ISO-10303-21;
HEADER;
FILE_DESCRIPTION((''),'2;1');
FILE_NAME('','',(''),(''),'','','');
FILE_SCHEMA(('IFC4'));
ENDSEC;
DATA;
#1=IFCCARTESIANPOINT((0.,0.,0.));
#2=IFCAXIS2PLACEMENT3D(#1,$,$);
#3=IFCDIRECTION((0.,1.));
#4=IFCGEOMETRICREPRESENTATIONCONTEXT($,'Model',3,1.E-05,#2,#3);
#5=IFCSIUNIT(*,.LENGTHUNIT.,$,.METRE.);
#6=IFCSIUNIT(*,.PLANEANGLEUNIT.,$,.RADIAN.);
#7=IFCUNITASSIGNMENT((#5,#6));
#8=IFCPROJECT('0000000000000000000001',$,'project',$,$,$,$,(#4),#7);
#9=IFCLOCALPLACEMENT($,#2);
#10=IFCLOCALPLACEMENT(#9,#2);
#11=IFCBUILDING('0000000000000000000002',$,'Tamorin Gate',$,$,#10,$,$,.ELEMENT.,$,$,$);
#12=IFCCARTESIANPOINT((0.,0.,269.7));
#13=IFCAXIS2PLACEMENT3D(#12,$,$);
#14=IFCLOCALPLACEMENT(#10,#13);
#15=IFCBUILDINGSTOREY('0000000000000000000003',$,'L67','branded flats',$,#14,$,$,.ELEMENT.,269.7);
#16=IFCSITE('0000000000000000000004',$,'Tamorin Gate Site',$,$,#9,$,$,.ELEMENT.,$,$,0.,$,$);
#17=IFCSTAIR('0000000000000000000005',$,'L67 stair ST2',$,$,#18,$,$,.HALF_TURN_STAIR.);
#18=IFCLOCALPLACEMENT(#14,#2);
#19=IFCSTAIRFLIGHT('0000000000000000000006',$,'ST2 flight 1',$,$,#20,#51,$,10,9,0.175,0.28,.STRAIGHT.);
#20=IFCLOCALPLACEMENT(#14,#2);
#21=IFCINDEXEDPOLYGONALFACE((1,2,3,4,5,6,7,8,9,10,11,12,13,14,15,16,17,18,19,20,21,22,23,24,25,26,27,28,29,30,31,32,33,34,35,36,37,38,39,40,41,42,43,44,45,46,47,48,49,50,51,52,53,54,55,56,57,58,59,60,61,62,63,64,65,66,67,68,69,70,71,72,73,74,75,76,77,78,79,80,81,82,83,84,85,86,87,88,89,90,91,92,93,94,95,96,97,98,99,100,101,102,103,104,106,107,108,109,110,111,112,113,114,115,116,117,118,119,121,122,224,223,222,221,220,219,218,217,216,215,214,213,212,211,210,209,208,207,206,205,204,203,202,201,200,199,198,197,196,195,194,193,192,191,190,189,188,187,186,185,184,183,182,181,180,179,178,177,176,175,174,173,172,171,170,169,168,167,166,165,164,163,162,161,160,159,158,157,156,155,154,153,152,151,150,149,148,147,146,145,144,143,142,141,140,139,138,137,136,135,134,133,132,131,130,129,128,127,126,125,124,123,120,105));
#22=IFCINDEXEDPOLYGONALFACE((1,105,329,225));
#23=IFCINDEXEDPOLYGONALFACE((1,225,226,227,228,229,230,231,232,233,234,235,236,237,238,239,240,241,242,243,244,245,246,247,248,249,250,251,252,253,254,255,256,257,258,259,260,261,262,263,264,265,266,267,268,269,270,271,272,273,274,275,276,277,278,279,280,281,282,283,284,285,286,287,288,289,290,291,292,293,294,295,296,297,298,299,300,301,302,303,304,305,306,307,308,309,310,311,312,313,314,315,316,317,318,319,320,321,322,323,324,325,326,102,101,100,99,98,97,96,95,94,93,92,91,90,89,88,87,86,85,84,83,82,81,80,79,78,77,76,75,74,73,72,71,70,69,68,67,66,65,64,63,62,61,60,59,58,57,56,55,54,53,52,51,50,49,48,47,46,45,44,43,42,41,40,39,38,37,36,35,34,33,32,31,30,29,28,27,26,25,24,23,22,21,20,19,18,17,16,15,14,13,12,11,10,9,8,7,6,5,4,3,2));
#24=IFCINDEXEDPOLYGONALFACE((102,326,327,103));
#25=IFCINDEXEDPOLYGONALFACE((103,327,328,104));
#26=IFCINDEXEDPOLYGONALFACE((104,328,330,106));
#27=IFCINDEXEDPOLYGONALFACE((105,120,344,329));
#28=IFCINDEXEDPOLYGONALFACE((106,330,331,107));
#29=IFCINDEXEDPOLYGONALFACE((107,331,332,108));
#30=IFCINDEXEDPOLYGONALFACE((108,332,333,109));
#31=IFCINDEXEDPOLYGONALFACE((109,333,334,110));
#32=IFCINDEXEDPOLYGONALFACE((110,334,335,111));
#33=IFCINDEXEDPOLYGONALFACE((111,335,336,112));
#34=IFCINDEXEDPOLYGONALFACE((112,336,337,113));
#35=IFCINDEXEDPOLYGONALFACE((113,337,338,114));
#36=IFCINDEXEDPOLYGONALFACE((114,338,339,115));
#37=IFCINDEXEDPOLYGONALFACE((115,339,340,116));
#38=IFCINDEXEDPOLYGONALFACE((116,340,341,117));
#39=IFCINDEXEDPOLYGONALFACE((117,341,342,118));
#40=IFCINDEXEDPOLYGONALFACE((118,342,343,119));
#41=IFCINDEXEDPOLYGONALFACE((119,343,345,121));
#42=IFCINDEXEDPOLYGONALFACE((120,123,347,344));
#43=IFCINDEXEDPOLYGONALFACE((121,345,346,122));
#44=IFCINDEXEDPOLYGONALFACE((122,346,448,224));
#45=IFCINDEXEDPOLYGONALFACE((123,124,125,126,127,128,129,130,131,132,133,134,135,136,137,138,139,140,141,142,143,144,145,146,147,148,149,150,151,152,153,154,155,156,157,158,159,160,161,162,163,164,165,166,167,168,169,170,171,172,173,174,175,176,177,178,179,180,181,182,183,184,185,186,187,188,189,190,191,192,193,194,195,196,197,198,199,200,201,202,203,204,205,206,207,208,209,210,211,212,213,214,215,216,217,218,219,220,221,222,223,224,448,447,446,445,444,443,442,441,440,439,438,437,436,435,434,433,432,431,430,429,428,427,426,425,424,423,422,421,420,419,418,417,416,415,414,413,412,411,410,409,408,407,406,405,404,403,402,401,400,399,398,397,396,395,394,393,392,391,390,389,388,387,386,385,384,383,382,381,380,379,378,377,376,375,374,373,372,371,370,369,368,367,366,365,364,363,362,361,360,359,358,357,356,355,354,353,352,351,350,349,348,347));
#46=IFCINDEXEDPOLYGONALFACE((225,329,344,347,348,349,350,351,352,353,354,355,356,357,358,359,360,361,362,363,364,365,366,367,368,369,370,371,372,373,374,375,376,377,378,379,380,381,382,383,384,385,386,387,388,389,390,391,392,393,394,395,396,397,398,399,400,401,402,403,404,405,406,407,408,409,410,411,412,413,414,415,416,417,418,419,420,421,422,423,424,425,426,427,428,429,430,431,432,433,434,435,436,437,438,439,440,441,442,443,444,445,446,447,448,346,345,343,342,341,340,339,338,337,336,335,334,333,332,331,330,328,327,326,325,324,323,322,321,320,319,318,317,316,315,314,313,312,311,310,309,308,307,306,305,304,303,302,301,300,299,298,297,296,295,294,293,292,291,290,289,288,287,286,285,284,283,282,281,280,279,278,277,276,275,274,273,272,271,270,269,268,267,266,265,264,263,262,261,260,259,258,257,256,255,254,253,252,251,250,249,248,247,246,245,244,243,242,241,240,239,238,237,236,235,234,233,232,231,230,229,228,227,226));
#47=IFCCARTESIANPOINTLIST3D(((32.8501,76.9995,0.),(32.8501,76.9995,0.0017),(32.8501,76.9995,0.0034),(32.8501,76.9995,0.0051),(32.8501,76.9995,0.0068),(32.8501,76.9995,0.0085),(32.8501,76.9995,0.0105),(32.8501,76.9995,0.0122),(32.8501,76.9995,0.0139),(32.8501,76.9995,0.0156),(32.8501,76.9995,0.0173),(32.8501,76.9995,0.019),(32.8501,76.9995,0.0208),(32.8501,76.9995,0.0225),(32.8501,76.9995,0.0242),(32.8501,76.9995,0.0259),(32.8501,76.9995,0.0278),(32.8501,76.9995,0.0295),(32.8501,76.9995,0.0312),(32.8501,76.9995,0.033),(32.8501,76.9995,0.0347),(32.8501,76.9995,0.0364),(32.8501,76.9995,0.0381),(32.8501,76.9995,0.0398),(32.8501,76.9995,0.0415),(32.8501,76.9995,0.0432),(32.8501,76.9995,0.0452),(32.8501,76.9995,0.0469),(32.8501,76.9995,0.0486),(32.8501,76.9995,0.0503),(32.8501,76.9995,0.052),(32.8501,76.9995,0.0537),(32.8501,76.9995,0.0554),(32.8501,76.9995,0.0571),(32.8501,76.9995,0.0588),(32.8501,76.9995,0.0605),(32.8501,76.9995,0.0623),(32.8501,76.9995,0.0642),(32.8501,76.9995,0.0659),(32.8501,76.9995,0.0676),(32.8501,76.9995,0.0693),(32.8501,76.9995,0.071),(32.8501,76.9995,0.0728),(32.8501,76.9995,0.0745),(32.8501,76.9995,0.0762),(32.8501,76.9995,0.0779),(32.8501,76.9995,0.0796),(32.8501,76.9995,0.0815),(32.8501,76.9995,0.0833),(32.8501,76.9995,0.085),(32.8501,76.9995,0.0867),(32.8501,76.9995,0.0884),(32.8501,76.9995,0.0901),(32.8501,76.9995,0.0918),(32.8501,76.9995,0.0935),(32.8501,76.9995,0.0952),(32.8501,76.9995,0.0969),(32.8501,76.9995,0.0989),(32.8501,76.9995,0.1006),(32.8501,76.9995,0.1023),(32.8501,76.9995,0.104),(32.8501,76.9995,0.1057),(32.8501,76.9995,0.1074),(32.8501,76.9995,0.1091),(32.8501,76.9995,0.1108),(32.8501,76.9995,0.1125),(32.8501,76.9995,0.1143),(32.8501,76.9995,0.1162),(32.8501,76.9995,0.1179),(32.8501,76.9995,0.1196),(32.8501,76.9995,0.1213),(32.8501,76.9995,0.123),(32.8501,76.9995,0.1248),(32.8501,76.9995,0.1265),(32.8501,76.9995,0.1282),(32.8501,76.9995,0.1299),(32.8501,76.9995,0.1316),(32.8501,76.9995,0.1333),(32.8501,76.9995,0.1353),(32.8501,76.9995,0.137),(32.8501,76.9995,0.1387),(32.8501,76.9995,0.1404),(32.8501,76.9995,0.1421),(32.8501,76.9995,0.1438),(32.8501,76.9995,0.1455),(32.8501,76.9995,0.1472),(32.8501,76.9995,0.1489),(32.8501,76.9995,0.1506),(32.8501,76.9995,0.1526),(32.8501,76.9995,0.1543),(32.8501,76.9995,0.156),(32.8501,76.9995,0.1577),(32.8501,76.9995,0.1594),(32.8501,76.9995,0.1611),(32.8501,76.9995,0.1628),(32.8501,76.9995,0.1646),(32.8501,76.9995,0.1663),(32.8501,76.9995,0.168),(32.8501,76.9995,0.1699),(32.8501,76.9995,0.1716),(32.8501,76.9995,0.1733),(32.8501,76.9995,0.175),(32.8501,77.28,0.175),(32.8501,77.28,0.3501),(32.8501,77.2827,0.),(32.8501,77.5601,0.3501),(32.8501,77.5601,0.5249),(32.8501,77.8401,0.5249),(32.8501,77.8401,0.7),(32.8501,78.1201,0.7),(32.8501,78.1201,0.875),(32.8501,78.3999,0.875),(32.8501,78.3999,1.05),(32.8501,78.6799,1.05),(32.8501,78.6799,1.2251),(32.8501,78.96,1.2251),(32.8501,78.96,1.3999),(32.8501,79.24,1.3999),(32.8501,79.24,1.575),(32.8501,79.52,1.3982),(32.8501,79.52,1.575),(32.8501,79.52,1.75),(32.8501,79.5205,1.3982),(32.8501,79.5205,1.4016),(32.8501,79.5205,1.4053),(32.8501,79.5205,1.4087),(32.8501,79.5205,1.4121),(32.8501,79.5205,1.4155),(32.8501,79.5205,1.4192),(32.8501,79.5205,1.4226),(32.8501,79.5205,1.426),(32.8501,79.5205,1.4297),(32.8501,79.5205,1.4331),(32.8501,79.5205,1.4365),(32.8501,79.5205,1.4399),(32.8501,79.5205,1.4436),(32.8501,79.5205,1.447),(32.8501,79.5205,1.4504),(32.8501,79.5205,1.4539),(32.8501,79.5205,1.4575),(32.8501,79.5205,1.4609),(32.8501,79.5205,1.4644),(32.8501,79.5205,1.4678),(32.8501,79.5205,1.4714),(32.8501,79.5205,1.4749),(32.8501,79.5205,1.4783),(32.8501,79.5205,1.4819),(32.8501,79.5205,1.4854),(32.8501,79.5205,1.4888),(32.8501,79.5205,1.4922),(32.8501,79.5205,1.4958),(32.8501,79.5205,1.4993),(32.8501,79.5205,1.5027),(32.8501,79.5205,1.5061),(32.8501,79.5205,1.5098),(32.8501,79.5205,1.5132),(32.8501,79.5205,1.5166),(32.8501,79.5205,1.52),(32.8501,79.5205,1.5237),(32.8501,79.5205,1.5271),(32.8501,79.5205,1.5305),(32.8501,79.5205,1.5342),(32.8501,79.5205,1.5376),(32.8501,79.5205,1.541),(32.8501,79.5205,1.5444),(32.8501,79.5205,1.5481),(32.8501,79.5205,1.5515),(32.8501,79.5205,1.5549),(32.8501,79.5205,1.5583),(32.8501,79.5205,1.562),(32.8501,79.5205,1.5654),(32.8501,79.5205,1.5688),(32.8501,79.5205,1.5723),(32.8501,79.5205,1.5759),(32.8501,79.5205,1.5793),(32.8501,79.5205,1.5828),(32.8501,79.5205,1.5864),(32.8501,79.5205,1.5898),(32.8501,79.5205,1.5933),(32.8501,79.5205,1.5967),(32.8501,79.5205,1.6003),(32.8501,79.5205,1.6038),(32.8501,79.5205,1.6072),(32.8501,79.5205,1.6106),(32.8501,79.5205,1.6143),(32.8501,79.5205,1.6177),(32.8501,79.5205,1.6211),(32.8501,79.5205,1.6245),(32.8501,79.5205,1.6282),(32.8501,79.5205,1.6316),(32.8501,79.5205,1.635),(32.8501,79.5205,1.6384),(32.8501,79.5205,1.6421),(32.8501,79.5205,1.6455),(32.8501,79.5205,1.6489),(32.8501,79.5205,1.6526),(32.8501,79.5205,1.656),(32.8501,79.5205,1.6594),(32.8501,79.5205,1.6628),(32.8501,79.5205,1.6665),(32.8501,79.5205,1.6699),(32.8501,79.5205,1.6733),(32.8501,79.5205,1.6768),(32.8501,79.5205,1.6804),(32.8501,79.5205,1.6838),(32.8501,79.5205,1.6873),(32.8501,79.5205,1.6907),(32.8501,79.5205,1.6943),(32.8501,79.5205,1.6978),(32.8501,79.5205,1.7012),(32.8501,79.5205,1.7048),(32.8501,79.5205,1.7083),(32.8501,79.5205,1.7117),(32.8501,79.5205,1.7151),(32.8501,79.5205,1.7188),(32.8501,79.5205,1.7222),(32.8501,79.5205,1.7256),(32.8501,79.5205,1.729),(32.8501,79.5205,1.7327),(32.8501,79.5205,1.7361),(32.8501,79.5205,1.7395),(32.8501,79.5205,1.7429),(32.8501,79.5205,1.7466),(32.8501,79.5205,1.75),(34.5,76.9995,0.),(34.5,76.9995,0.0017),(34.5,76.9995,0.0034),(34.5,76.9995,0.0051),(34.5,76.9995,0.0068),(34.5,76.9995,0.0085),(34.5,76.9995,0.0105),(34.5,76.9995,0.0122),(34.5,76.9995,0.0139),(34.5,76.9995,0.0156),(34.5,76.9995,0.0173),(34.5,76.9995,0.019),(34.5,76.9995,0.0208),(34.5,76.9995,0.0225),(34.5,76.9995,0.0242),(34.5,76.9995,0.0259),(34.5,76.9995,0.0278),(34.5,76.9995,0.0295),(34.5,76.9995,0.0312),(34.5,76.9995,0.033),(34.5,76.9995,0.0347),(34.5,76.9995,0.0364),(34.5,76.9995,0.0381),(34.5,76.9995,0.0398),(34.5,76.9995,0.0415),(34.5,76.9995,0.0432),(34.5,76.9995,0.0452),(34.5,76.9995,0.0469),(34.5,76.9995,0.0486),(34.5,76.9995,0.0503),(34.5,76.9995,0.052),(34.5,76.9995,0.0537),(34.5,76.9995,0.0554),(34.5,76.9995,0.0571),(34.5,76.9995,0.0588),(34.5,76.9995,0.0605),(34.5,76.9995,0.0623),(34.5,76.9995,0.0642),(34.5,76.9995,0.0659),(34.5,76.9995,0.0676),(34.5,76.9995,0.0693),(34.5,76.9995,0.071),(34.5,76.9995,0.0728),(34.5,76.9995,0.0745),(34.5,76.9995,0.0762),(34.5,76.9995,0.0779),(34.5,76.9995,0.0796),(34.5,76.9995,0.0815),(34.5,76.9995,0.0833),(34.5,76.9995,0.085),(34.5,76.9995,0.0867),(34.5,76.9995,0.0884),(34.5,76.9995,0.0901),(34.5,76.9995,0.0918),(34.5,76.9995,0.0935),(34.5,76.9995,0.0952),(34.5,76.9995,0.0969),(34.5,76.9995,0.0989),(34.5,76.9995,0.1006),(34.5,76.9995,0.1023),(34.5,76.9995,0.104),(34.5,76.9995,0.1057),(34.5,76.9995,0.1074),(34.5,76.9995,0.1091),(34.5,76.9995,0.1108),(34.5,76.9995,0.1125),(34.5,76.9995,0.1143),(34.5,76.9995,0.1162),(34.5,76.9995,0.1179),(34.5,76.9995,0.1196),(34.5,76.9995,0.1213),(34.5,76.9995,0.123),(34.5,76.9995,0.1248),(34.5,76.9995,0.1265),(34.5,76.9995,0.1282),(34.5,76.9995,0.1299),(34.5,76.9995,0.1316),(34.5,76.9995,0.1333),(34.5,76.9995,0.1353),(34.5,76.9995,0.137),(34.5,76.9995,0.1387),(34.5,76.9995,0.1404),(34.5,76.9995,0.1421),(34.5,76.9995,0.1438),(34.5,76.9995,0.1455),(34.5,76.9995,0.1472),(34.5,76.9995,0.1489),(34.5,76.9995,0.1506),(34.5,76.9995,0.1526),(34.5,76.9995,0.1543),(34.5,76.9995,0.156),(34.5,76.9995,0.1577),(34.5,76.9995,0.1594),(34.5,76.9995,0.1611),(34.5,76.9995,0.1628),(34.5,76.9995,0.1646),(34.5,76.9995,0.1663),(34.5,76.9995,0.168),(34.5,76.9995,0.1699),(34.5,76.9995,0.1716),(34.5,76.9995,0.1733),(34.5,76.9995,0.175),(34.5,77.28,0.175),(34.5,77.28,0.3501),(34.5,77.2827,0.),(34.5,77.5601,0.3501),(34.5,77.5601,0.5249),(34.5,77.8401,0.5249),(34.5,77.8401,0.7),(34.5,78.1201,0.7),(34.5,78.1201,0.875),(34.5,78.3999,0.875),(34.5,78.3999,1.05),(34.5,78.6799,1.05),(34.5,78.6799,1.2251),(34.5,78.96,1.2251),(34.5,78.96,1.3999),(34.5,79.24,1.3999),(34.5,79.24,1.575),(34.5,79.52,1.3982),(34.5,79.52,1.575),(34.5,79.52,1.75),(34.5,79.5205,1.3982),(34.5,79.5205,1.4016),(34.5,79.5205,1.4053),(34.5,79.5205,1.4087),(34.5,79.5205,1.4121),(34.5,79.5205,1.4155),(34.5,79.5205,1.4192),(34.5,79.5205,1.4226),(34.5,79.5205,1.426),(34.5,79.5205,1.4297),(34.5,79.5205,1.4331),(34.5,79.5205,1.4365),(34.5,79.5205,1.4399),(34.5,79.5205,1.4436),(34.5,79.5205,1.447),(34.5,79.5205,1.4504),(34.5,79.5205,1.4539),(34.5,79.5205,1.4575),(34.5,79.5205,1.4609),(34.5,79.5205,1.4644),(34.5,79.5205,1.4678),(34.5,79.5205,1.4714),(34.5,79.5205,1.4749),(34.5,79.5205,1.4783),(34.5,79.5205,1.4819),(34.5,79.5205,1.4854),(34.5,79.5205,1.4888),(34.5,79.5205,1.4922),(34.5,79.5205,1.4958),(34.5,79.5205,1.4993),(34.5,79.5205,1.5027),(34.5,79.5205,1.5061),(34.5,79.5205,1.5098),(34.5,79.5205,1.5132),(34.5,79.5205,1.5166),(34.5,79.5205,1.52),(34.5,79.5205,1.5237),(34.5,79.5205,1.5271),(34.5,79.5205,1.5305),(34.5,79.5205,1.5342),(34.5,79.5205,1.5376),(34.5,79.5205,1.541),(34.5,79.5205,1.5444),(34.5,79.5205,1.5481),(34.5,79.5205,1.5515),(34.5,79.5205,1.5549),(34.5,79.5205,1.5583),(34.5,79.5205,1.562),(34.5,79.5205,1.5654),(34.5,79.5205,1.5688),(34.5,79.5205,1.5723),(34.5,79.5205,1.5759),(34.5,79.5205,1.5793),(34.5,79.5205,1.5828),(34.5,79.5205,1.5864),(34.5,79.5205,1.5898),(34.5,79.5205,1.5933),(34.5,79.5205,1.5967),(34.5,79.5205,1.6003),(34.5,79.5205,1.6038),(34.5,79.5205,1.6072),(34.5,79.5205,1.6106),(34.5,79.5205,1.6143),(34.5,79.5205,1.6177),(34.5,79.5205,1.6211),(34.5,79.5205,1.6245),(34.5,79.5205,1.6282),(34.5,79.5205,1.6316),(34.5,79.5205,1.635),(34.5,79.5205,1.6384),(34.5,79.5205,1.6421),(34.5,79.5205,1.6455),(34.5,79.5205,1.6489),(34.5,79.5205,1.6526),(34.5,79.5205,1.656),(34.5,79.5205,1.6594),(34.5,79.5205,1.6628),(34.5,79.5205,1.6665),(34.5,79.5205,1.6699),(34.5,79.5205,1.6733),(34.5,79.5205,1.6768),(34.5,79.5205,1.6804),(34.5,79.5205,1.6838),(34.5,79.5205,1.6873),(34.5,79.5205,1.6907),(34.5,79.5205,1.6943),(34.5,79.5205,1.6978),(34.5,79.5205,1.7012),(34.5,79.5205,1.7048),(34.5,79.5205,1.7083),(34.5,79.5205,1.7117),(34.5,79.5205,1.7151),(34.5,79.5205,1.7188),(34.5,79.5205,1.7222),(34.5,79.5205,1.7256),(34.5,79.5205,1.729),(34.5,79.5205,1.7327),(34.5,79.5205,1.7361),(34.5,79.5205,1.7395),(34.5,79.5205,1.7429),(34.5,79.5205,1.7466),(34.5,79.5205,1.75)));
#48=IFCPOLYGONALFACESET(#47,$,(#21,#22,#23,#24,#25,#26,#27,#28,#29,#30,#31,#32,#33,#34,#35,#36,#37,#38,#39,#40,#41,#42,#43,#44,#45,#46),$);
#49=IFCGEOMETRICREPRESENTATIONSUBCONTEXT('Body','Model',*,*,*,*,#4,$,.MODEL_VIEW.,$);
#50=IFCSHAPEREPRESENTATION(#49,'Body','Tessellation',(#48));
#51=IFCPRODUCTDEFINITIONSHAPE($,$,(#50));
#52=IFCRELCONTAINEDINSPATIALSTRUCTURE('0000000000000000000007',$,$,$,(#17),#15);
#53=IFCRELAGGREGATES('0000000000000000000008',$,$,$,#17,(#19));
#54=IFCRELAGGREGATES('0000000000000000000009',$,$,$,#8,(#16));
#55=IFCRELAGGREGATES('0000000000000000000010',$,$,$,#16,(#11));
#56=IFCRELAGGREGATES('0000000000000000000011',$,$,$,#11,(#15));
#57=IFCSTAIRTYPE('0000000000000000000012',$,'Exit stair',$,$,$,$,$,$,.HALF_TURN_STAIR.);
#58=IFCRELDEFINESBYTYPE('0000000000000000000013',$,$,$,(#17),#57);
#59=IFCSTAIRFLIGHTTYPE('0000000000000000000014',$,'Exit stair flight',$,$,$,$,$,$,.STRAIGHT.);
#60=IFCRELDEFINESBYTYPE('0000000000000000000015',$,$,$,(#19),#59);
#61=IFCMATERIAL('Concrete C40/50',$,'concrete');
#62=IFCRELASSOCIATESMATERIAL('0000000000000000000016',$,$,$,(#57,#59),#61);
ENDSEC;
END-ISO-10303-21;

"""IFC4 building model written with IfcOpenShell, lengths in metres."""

from ifc_helpers import new_model, si_unit, direction, frame, origin, place, context, subcontext, project, spatial, polyline, outline, extrude, material, type_object, element, aggregate, save


model = new_model("IFC4")

# Units and contexts
model_context = context("Model", 3, precision=1e-05, world=origin(), true_north=direction((0.0, 1.0)))
body_context = subcontext(model_context, "Body", "Model", "MODEL_VIEW")
ifc_project = project(units=[si_unit("LENGTHUNIT", "METRE"), si_unit("PLANEANGLEUNIT", "RADIAN")], contexts=[model_context])

# Site, building, storey
site_placement = place(None, origin())
site = spatial("IfcSite", under=ifc_project, at=site_placement, Name="Tamorin Gate Site", CompositionType="ELEMENT", RefElevation=0.0)
building_placement = place(site_placement, origin())
building = spatial("IfcBuilding", under=site, at=building_placement, Name="Tamorin Gate", CompositionType="ELEMENT")
storey_placement = place(building_placement, frame((0.0, 0.0, 269.7)))
storey = spatial("IfcBuildingStorey", under=building, at=storey_placement, Name="L67", Description="branded flats", CompositionType="ELEMENT", Elevation=269.7)

# Shared definitions
ifc_material_1 = material(Name="Concrete C40/50", Category="concrete")

# Shared definitions
stair_type = type_object("IfcStairType", Name="Exit stair", PredefinedType="HALF_TURN_STAIR", material=ifc_material_1)
stair_flight_type = type_object("IfcStairFlightType", Name="Exit stair flight", PredefinedType="STRAIGHT", material=ifc_material_1)

# Stair, stair flight
stair_1_placement = place(storey_placement, origin())
stair_1 = element("IfcStair", 1, at=stair_1_placement, inside=storey, type_object=stair_type, Name="L67 stair ST2", PredefinedType="HALF_TURN_STAIR")
stair_flight_1_placement = place(storey_placement, frame((33.675, 77.0, 0.0), z_axis=(0.0, 0.0, 1.0), x_axis=(0.0, 1.0, 0.0)))
stair_flight_1 = element("IfcStairFlight", 2, at=stair_flight_1_placement, type_object=stair_flight_type, Name="ST2 flight 1", NumberOfRisers=10, NumberOfTreads=9, PredefinedType="STRAIGHT", RiserHeight=0.175, TreadLength=0.28, context=body_context, shape_type="SweptSolid", body=[
    extrude(outline(polyline([(-0.0005, 0.0), (-0.0005, 0.0017), (-0.0005, 0.0034), (-0.0005, 0.0051), (-0.0005, 0.0068), (-0.0005, 0.0085), (-0.0005, 0.0105), (-0.0005, 0.0122), (-0.0005, 0.0139), (-0.0005, 0.0156), (-0.0005, 0.0173), (-0.0005, 0.019), (-0.0005, 0.0208), (-0.0005, 0.0225), (-0.0005, 0.0242), (-0.0005, 0.0259), (-0.0005, 0.0278), (-0.0005, 0.0295), (-0.0005, 0.0312), (-0.0005, 0.033), (-0.0005, 0.0347), (-0.0005, 0.0364), (-0.0005, 0.0381), (-0.0005, 0.0398), (-0.0005, 0.0415), (-0.0005, 0.0432), (-0.0005, 0.0452), (-0.0005, 0.0469), (-0.0005, 0.0486), (-0.0005, 0.0503), (-0.0005, 0.052), (-0.0005, 0.0537), (-0.0005, 0.0554), (-0.0005, 0.0571), (-0.0005, 0.0588), (-0.0005, 0.0605), (-0.0005, 0.0623), (-0.0005, 0.0642), (-0.0005, 0.0659), (-0.0005, 0.0676), (-0.0005, 0.0693), (-0.0005, 0.071), (-0.0005, 0.0728), (-0.0005, 0.0745), (-0.0005, 0.0762), (-0.0005, 0.0779), (-0.0005, 0.0796), (-0.0005, 0.0815), (-0.0005, 0.0833), (-0.0005, 0.085), (-0.0005, 0.0867), (-0.0005, 0.0884), (-0.0005, 0.0901), (-0.0005, 0.0918), (-0.0005, 0.0935), (-0.0005, 0.0952), (-0.0005, 0.0969), (-0.0005, 0.0989), (-0.0005, 0.1006), (-0.0005, 0.1023), (-0.0005, 0.104), (-0.0005, 0.1057), (-0.0005, 0.1074), (-0.0005, 0.1091), (-0.0005, 0.1108), (-0.0005, 0.1125), (-0.0005, 0.1143), (-0.0005, 0.1162), (-0.0005, 0.1179), (-0.0005, 0.1196), (-0.0005, 0.1213), (-0.0005, 0.123), (-0.0005, 0.1248), (-0.0005, 0.1265), (-0.0005, 0.1282), (-0.0005, 0.1299), (-0.0005, 0.1316), (-0.0005, 0.1333), (-0.0005, 0.1353), (-0.0005, 0.137), (-0.0005, 0.1387), (-0.0005, 0.1404), (-0.0005, 0.1421), (-0.0005, 0.1438), (-0.0005, 0.1455), (-0.0005, 0.1472), (-0.0005, 0.1489), (-0.0005, 0.1506), (-0.0005, 0.1526), (-0.0005, 0.1543), (-0.0005, 0.156), (-0.0005, 0.1577), (-0.0005, 0.1594), (-0.0005, 0.1611), (-0.0005, 0.1628), (-0.0005, 0.1646), (-0.0005, 0.1663), (-0.0005, 0.168), (-0.0005, 0.1699), (-0.0005, 0.1716), (-0.0005, 0.1733), (-0.0005, 0.175), (0.28, 0.175), (0.28, 0.3501), (0.5601, 0.3501), (0.5601, 0.5249), (0.8401, 0.5249), (0.8401, 0.7), (1.1201, 0.7), (1.1201, 0.875), (1.3999, 0.875), (1.3999, 1.05), (1.6799, 1.05), (1.6799, 1.2251), (1.96, 1.2251), (1.96, 1.3999), (2.24, 1.3999), (2.24, 1.575), (2.52, 1.575), (2.52, 1.75), (2.5205, 1.75), (2.5205, 1.7466), (2.5205, 1.7429), (2.5205, 1.7395), (2.5205, 1.7361), (2.5205, 1.7327), (2.5205, 1.729), (2.5205, 1.7256), (2.5205, 1.7222), (2.5205, 1.7188), (2.5205, 1.7151), (2.5205, 1.7117), (2.5205, 1.7083), (2.5205, 1.7048), (2.5205, 1.7012), (2.5205, 1.6978), (2.5205, 1.6943), (2.5205, 1.6907), (2.5205, 1.6873), (2.5205, 1.6838), (2.5205, 1.6804), (2.5205, 1.6768), (2.5205, 1.6733), (2.5205, 1.6699), (2.5205, 1.6665), (2.5205, 1.6628), (2.5205, 1.6594), (2.5205, 1.656), (2.5205, 1.6526), (2.5205, 1.6489), (2.5205, 1.6455), (2.5205, 1.6421), (2.5205, 1.6384), (2.5205, 1.635), (2.5205, 1.6316), (2.5205, 1.6282), (2.5205, 1.6245), (2.5205, 1.6211), (2.5205, 1.6177), (2.5205, 1.6143), (2.5205, 1.6106), (2.5205, 1.6072), (2.5205, 1.6038), (2.5205, 1.6003), (2.5205, 1.5967), (2.5205, 1.5933), (2.5205, 1.5898), (2.5205, 1.5864), (2.5205, 1.5828), (2.5205, 1.5793), (2.5205, 1.5759), (2.5205, 1.5723), (2.5205, 1.5688), (2.5205, 1.5654), (2.5205, 1.562), (2.5205, 1.5583), (2.5205, 1.5549), (2.5205, 1.5515), (2.5205, 1.5481), (2.5205, 1.5444), (2.5205, 1.541), (2.5205, 1.5376), (2.5205, 1.5342), (2.5205, 1.5305), (2.5205, 1.5271), (2.5205, 1.5237), (2.5205, 1.52), (2.5205, 1.5166), (2.5205, 1.5132), (2.5205, 1.5098), (2.5205, 1.5061), (2.5205, 1.5027), (2.5205, 1.4993), (2.5205, 1.4958), (2.5205, 1.4922), (2.5205, 1.4888), (2.5205, 1.4854), (2.5205, 1.4819), (2.5205, 1.4783), (2.5205, 1.4749), (2.5205, 1.4714), (2.5205, 1.4678), (2.5205, 1.4644), (2.5205, 1.4609), (2.5205, 1.4575), (2.5205, 1.4539), (2.5205, 1.4504), (2.5205, 1.447), (2.5205, 1.4436), (2.5205, 1.4399), (2.5205, 1.4365), (2.5205, 1.4331), (2.5205, 1.4297), (2.5205, 1.426), (2.5205, 1.4226), (2.5205, 1.4192), (2.5205, 1.4155), (2.5205, 1.4121), (2.5205, 1.4087), (2.5205, 1.4053), (2.5205, 1.4016), (2.5205, 1.3982), (2.52, 1.3982), (0.2827, 0.0), (-0.0005, 0.0)])), frame((0.0, 0.825, 0.0), z_axis=(0.0, -1.0, 0.0), x_axis=(1.0, 0.0, 0.0)), (0.0, 0.0, 1.0), 1.6499),
])
aggregate(stair_1, [stair_flight_1])

save(model, "model.ifc")
